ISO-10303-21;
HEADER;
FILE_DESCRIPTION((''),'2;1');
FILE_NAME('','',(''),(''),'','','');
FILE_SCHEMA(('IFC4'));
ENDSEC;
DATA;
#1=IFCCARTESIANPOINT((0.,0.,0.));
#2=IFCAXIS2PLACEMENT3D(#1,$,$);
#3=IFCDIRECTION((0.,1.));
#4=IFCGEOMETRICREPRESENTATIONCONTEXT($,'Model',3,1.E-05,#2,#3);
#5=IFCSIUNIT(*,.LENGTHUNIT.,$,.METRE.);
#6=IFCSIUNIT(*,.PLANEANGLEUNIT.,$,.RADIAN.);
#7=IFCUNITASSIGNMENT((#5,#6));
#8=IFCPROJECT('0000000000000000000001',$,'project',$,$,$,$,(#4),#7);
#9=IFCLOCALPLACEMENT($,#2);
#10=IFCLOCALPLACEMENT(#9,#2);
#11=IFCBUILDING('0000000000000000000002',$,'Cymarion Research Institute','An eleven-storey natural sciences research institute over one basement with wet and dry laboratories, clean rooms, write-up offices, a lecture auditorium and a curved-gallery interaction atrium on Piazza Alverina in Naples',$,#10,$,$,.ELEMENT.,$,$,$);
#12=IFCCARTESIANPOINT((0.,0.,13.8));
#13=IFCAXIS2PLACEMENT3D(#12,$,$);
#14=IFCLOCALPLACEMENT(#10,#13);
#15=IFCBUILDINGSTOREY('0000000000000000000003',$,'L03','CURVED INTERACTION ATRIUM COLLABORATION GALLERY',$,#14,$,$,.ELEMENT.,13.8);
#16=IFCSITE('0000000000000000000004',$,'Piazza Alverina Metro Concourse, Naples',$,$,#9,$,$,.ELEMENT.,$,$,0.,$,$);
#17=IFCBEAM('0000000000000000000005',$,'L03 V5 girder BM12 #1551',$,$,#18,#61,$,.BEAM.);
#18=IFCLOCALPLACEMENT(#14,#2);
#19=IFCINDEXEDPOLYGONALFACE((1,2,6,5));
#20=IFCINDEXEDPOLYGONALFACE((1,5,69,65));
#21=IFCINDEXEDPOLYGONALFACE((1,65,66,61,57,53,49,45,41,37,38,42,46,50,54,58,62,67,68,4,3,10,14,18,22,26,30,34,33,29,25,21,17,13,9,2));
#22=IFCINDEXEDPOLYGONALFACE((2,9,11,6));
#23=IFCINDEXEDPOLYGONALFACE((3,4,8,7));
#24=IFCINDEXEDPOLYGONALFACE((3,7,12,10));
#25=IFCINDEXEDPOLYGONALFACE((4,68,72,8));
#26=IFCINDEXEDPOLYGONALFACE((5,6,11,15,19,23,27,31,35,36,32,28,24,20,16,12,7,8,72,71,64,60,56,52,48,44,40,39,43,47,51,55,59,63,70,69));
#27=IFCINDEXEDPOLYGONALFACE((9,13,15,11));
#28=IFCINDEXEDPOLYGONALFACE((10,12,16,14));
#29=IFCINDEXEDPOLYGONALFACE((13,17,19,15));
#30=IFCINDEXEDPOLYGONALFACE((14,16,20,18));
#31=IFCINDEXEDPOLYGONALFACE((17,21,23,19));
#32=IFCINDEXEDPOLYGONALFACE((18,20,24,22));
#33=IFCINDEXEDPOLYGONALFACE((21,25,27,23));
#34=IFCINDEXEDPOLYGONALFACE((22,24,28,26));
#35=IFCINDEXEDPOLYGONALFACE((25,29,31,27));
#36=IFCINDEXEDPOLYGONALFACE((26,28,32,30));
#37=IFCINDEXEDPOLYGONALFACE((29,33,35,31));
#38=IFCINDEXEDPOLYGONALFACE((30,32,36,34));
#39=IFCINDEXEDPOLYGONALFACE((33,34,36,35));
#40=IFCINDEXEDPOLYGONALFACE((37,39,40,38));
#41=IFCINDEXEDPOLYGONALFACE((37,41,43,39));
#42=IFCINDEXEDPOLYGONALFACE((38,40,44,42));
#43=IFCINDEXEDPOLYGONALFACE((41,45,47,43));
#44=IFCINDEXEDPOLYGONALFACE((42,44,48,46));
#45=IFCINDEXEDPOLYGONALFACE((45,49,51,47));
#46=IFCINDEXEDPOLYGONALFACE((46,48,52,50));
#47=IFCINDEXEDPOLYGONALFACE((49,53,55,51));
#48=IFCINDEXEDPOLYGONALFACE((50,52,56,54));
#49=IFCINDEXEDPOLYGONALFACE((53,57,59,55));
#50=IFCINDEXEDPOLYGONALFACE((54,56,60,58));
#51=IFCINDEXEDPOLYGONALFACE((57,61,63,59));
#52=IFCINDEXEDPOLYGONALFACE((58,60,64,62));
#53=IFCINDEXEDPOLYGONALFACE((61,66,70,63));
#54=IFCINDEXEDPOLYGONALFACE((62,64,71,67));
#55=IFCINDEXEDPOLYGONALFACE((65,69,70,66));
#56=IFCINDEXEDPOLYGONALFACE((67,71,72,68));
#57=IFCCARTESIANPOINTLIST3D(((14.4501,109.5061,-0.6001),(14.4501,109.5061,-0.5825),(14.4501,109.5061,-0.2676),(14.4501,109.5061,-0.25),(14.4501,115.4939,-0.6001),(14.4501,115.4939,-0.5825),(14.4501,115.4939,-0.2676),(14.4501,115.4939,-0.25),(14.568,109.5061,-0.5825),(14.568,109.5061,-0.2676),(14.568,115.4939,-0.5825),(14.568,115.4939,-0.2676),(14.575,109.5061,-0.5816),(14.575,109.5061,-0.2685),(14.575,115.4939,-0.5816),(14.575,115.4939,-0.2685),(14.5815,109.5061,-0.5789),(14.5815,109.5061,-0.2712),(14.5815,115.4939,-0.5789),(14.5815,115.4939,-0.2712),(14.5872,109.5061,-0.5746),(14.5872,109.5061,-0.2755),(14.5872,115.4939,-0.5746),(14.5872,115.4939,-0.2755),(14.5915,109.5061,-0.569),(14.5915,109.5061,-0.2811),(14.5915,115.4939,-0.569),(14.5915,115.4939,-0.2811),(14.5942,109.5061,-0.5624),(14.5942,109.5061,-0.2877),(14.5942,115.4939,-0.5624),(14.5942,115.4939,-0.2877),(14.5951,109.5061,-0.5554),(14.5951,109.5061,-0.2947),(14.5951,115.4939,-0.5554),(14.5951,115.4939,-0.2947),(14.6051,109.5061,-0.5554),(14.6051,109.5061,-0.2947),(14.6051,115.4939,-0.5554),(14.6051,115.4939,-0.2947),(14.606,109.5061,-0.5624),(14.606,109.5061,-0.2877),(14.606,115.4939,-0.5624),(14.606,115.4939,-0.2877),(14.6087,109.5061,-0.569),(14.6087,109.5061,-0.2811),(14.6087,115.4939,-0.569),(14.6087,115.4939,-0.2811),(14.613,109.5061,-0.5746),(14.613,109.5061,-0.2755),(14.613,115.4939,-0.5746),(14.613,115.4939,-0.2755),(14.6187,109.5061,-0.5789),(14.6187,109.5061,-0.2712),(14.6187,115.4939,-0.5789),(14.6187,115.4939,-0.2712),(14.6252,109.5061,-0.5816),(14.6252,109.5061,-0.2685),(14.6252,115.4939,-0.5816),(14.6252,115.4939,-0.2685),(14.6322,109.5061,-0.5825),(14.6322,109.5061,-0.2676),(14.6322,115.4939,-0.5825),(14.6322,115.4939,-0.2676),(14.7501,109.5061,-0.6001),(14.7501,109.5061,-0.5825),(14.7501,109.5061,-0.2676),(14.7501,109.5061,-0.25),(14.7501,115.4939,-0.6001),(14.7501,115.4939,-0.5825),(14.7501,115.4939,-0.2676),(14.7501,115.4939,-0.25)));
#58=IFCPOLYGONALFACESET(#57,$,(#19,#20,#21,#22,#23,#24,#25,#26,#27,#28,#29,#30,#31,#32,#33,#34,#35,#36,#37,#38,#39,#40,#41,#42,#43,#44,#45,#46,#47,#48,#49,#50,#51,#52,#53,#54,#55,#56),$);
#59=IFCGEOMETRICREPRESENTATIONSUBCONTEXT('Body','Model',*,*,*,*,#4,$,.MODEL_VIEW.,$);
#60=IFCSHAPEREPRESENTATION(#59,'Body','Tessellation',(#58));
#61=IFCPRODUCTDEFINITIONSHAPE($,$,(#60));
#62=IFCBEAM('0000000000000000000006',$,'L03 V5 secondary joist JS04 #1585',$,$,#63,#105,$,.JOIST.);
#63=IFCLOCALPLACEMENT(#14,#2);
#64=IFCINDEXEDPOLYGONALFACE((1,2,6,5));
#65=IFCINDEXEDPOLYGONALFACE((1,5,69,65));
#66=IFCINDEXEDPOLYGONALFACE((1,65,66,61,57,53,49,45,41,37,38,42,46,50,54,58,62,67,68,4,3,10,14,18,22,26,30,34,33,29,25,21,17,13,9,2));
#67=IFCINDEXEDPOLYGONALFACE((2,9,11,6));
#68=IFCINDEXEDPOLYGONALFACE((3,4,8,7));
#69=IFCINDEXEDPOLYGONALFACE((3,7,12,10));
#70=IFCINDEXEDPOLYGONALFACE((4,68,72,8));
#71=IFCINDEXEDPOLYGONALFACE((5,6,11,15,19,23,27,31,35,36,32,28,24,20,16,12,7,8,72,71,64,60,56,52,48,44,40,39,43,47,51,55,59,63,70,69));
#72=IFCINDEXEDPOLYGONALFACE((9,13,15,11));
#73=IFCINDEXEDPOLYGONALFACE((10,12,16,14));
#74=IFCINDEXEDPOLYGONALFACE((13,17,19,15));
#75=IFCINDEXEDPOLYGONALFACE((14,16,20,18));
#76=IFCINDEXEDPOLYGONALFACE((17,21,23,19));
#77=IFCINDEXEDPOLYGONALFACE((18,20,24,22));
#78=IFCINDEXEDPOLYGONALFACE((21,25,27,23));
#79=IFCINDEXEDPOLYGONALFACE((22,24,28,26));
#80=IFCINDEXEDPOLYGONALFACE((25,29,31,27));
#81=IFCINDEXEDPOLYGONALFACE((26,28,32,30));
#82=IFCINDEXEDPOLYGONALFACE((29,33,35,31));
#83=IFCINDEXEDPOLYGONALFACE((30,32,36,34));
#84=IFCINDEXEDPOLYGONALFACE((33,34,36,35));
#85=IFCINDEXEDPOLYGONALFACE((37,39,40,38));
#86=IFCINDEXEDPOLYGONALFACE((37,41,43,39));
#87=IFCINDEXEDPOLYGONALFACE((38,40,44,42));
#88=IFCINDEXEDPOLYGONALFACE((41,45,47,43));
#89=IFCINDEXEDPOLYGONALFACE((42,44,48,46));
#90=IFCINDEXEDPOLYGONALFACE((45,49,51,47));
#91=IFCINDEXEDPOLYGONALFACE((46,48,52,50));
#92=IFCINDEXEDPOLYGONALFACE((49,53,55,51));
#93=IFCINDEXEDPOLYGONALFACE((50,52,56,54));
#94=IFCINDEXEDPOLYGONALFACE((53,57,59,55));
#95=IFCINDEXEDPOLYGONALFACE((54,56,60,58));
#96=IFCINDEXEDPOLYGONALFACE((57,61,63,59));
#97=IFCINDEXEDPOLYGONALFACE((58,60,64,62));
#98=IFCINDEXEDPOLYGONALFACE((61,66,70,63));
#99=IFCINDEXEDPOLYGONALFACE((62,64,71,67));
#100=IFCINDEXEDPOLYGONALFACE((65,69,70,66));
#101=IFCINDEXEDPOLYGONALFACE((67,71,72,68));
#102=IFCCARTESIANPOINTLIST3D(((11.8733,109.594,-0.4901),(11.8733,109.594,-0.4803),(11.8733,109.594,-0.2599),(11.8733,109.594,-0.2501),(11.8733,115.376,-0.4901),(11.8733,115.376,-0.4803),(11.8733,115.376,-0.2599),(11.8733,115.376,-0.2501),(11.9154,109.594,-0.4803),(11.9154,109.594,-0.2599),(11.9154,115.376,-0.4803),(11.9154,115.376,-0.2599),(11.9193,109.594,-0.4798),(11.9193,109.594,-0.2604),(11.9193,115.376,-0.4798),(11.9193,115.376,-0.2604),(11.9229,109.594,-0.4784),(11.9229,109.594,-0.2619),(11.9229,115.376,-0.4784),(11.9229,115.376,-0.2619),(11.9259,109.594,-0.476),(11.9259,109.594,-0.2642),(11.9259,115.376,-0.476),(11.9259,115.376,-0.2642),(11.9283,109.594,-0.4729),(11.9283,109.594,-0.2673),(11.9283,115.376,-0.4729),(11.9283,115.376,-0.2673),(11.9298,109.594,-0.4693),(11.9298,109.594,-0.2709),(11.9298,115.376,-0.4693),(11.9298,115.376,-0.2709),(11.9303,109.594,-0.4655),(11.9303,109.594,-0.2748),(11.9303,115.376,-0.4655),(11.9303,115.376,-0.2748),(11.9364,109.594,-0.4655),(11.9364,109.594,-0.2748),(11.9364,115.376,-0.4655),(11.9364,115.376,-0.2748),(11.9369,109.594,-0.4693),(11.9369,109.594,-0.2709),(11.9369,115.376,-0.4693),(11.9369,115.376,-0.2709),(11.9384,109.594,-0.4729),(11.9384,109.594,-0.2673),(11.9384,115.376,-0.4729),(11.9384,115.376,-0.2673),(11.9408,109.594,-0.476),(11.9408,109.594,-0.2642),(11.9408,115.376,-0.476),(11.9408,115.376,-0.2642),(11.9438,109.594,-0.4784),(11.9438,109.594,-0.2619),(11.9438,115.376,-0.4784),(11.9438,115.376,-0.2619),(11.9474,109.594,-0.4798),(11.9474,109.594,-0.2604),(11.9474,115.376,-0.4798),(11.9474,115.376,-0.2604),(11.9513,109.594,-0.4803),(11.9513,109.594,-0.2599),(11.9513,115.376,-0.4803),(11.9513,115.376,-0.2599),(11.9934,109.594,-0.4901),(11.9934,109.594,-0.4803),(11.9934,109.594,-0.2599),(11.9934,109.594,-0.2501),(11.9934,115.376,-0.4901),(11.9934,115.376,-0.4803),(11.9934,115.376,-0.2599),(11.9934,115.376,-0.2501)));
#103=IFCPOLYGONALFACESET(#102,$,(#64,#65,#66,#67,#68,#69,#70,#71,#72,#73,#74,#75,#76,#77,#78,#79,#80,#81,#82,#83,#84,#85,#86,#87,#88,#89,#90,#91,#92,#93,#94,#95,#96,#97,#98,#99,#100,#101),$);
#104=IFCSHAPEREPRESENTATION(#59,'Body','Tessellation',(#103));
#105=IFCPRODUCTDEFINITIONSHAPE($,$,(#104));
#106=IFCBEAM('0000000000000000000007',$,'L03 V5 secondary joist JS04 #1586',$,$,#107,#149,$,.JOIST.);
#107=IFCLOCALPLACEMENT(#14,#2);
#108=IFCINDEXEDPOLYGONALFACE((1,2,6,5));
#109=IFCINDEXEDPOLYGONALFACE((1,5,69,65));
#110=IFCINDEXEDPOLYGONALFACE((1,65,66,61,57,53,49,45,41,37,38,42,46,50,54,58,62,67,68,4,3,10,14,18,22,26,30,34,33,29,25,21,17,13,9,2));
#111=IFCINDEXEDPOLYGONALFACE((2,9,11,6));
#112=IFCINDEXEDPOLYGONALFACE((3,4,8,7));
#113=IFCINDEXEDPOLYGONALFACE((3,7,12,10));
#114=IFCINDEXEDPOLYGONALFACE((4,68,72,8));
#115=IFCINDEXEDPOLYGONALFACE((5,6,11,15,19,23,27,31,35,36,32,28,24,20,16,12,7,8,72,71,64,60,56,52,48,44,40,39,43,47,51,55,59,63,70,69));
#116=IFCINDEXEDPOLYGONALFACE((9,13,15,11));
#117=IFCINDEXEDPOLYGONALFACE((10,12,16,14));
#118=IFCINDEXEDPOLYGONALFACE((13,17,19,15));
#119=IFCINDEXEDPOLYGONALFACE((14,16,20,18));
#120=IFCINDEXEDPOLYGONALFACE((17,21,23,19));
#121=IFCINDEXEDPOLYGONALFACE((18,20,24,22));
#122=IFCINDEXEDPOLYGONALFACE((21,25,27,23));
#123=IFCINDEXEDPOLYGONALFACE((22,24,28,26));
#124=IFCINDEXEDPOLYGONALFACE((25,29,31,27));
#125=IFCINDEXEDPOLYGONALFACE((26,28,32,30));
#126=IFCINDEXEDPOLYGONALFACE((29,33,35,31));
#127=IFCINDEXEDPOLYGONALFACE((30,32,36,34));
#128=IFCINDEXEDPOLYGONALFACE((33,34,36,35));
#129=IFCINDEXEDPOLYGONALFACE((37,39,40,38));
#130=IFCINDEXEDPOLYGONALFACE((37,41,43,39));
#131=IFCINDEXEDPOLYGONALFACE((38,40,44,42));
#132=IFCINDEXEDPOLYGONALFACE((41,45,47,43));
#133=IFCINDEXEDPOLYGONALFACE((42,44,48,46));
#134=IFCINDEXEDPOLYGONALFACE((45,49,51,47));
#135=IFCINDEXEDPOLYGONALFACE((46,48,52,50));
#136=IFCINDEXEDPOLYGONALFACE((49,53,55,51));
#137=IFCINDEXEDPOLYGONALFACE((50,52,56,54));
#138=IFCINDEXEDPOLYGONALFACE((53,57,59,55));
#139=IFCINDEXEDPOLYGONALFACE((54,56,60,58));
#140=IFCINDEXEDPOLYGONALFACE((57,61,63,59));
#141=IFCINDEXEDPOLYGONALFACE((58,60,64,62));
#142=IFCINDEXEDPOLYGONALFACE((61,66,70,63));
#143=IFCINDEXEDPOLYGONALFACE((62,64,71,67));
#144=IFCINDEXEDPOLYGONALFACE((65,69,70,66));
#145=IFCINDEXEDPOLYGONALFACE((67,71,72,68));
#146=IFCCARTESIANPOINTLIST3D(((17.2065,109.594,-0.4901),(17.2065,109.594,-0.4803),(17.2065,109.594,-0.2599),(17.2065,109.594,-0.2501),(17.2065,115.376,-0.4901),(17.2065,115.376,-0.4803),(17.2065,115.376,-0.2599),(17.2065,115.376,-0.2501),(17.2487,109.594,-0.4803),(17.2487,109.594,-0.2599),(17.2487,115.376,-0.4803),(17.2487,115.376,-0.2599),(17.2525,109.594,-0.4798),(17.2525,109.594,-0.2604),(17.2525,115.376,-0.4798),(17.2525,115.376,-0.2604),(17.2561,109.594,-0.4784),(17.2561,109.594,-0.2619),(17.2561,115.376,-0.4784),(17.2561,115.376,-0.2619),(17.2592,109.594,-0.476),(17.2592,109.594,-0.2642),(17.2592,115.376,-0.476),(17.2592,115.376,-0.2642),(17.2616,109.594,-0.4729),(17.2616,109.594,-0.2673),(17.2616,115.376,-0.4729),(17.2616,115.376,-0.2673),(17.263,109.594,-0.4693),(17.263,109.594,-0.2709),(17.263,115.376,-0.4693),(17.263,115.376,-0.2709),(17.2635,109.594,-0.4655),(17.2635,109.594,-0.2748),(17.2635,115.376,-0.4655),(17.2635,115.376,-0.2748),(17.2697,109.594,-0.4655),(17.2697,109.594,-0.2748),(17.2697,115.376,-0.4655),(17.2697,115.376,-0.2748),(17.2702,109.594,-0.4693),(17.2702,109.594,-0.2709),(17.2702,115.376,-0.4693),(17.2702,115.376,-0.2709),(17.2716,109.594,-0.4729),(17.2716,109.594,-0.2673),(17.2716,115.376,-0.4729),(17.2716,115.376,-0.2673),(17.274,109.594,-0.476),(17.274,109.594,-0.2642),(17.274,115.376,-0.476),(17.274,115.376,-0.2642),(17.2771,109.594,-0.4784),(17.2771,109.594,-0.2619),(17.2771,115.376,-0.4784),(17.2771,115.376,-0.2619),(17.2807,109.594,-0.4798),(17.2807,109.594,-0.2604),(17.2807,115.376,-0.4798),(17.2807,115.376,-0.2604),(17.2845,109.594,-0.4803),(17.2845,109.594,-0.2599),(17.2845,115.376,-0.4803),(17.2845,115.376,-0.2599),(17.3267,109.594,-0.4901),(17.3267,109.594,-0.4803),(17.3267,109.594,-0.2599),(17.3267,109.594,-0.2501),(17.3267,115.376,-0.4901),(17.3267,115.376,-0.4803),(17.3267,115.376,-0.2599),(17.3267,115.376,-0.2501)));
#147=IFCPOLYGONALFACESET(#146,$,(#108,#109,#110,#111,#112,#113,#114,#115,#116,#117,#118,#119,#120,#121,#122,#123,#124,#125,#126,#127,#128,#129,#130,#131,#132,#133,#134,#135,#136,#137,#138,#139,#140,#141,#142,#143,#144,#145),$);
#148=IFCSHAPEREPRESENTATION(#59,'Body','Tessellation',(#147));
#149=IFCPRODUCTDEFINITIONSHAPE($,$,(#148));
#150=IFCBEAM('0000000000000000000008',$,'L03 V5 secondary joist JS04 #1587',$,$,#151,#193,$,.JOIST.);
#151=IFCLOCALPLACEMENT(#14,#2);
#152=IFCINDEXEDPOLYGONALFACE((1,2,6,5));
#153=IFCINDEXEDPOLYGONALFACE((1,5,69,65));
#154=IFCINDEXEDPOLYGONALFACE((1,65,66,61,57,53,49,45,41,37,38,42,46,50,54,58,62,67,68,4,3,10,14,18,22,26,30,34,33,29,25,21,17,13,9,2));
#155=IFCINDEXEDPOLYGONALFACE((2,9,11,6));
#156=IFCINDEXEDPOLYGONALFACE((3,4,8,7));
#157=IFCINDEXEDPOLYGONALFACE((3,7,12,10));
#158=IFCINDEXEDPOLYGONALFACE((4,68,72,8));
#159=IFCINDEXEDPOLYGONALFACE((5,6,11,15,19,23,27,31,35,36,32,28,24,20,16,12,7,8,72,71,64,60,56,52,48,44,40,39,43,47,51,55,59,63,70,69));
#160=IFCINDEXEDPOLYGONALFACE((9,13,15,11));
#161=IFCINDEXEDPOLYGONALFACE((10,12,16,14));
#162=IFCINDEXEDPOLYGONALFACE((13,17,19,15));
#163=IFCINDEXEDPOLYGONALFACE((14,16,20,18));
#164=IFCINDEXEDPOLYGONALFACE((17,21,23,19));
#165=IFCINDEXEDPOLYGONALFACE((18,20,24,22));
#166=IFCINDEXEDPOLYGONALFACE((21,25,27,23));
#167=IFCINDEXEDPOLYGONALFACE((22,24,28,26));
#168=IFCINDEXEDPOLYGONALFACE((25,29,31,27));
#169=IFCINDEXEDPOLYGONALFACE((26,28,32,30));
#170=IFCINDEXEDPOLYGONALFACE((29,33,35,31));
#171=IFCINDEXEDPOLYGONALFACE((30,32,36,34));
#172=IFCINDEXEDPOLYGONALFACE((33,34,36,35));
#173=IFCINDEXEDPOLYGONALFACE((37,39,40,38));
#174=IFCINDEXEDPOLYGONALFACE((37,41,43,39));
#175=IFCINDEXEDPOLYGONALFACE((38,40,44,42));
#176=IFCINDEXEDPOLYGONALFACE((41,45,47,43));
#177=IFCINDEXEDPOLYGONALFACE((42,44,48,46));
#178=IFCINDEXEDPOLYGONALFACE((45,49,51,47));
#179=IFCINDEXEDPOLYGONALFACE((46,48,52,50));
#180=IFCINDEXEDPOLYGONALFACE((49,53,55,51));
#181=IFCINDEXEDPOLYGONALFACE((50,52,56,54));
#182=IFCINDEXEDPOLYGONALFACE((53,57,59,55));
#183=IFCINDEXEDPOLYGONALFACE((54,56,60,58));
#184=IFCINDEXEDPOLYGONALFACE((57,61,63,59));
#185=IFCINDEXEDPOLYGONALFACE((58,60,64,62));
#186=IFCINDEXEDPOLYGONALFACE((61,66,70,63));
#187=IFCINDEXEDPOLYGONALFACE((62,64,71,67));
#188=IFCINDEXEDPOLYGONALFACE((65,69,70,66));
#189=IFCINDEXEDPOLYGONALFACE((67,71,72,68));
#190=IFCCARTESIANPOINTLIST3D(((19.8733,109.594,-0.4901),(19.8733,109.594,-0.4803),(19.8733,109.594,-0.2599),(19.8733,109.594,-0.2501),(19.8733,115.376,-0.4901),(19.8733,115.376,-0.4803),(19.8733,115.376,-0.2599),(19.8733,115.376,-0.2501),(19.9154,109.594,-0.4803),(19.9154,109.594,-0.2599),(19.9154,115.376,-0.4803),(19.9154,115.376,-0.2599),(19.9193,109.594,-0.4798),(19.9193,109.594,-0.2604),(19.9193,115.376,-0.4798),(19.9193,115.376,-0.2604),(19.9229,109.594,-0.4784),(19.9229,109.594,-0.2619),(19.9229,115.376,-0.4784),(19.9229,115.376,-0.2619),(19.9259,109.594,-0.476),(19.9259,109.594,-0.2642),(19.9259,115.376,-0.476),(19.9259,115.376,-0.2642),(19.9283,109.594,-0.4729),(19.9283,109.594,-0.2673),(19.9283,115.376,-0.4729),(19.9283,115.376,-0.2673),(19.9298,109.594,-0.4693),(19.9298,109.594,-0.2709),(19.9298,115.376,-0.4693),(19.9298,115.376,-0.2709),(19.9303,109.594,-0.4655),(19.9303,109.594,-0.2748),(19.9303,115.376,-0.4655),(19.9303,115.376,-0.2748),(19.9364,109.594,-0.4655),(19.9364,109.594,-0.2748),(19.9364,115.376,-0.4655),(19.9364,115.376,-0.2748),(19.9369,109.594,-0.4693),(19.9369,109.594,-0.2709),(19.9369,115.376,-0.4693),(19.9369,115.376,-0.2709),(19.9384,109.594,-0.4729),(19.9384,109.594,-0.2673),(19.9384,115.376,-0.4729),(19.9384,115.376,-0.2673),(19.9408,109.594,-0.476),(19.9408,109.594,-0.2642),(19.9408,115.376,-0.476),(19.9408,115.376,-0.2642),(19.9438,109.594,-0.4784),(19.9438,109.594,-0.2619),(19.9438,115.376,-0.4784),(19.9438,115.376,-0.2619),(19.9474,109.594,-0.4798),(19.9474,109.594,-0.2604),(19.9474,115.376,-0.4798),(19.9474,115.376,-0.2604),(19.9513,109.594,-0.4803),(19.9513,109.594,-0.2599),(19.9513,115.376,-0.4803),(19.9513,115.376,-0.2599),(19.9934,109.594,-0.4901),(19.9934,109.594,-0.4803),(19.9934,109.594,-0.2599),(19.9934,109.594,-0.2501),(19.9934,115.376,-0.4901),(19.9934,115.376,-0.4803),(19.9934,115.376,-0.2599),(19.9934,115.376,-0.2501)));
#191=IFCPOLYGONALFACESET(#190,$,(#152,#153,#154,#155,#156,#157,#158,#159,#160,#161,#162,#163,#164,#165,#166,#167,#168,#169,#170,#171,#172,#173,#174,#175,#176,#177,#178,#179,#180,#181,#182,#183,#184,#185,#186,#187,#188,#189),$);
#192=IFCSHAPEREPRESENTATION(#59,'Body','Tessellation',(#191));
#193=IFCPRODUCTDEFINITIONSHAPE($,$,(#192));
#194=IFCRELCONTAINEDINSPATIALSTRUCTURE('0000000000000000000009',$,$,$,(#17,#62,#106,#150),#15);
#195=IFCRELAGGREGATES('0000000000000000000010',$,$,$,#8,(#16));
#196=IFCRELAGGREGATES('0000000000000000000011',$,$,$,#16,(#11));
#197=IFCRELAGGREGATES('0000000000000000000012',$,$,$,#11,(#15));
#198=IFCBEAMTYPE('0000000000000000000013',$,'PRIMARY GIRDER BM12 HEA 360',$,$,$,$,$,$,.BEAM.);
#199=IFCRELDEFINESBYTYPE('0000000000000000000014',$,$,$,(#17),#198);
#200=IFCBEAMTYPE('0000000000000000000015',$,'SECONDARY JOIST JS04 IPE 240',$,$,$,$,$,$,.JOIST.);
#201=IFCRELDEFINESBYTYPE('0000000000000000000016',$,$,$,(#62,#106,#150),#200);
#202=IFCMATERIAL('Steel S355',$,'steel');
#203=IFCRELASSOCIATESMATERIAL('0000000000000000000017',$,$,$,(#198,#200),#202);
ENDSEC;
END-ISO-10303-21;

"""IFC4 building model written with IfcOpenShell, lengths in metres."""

from ifc_helpers import new_model, si_unit, direction, frame, origin, origin_2d, place, context, subcontext, project, spatial, i_section, extrude, material, material_profile, profile_set, type_object, element, save


model = new_model("IFC4")

# Units and contexts
model_context = context("Model", 3, precision=1e-05, world=origin(), true_north=direction((0.0, 1.0)))
body_context = subcontext(model_context, "Body", "Model", "MODEL_VIEW")
ifc_project = project(units=[si_unit("LENGTHUNIT", "METRE"), si_unit("PLANEANGLEUNIT", "RADIAN")], contexts=[model_context])

# Site, building, storey
site_placement = place(None, origin())
site = spatial("IfcSite", under=ifc_project, at=site_placement, Name="Piazza Alverina Metro Concourse, Naples", CompositionType="ELEMENT", RefElevation=0.0)
building_placement = place(site_placement, origin())
building = spatial("IfcBuilding", under=site, at=building_placement, Name="Cymarion Research Institute", Description="An eleven-storey natural sciences research institute over one basement with wet and dry laboratories, clean rooms, write-up offices, a lecture auditorium and a curved-gallery interaction atrium on Piazza Alverina in Naples", CompositionType="ELEMENT")
storey_placement = place(building_placement, frame((0.0, 0.0, 13.8)))
storey = spatial("IfcBuildingStorey", under=building, at=storey_placement, Name="L03", Description="CURVED INTERACTION ATRIUM COLLABORATION GALLERY", CompositionType="ELEMENT", Elevation=13.8)

# Shared definitions
ifc_material_1 = material(Name="Steel S355", Category="steel")

# Beams
ifc_material_profile_1 = material_profile(ifc_material_1, i_section(OverallWidth=0.3, OverallDepth=0.3501, WebThickness=0.01, FlangeThickness=0.0176, FilletRadius=0.0271, at=origin_2d()), Name="HEA 360")
ifc_profile_set_1 = profile_set([ifc_material_profile_1], Name="Steel S355")
beam_type_1 = type_object("IfcBeamType", Name="PRIMARY GIRDER BM12 HEA 360", PredefinedType="BEAM", material=ifc_profile_set_1)
beam_1_placement = place(storey_placement, frame((14.6001, 109.5061, -0.425), z_axis=(0.0, 1.0, 0.0), x_axis=(-1.0, 0.0, 0.0)))
element("IfcBeam", 1, at=beam_1_placement, inside=storey, type_object=beam_type_1, Name="L03 V5 girder BM12 #1551", PredefinedType="BEAM", context=body_context, shape_type="SweptSolid", body=[
    extrude(i_section(OverallWidth=0.3, OverallDepth=0.3501, WebThickness=0.01, FlangeThickness=0.0176, FilletRadius=0.0271, at=origin_2d()), origin(), (0.0, 0.0, 1.0), 5.9878),
])
ifc_material_profile_2 = material_profile(ifc_material_1, i_section(OverallWidth=0.1201, OverallDepth=0.24, WebThickness=0.0061, FlangeThickness=0.0098, FilletRadius=0.0149, at=origin_2d()), Name="IPE 240")
ifc_profile_set_2 = profile_set([ifc_material_profile_2], Name="Steel S355")
beam_type_2 = type_object("IfcBeamType", Name="SECONDARY JOIST JS04 IPE 240", PredefinedType="JOIST", material=ifc_profile_set_2)
for number, where, z_axis, x_axis, name in (
    (2, (11.9333, 109.594, -0.3701), (0.0, 1.0, 0.0), (-1.0, 0.0, 0.0), "L03 V5 secondary joist JS04 #1585"),
    (3, (17.2666, 109.594, -0.3701), (0.0, 1.0, 0.0), (-1.0, 0.0, 0.0), "L03 V5 secondary joist JS04 #1586"),
    (4, (19.9333, 109.594, -0.3701), (0.0, 1.0, 0.0), (-1.0, 0.0, 0.0), "L03 V5 secondary joist JS04 #1587"),
):
    element("IfcBeam", number, at=place(storey_placement, frame(where, z_axis=z_axis, x_axis=x_axis)), inside=storey, type_object=beam_type_2, Name=name, PredefinedType="JOIST", context=body_context, shape_type="SweptSolid", body=[
        extrude(i_section(OverallWidth=0.1201, OverallDepth=0.24, WebThickness=0.0061, FlangeThickness=0.0098, FilletRadius=0.0149, at=origin_2d()), origin(), (0.0, 0.0, 1.0), 5.782),
    ])

save(model, "model.ifc")
